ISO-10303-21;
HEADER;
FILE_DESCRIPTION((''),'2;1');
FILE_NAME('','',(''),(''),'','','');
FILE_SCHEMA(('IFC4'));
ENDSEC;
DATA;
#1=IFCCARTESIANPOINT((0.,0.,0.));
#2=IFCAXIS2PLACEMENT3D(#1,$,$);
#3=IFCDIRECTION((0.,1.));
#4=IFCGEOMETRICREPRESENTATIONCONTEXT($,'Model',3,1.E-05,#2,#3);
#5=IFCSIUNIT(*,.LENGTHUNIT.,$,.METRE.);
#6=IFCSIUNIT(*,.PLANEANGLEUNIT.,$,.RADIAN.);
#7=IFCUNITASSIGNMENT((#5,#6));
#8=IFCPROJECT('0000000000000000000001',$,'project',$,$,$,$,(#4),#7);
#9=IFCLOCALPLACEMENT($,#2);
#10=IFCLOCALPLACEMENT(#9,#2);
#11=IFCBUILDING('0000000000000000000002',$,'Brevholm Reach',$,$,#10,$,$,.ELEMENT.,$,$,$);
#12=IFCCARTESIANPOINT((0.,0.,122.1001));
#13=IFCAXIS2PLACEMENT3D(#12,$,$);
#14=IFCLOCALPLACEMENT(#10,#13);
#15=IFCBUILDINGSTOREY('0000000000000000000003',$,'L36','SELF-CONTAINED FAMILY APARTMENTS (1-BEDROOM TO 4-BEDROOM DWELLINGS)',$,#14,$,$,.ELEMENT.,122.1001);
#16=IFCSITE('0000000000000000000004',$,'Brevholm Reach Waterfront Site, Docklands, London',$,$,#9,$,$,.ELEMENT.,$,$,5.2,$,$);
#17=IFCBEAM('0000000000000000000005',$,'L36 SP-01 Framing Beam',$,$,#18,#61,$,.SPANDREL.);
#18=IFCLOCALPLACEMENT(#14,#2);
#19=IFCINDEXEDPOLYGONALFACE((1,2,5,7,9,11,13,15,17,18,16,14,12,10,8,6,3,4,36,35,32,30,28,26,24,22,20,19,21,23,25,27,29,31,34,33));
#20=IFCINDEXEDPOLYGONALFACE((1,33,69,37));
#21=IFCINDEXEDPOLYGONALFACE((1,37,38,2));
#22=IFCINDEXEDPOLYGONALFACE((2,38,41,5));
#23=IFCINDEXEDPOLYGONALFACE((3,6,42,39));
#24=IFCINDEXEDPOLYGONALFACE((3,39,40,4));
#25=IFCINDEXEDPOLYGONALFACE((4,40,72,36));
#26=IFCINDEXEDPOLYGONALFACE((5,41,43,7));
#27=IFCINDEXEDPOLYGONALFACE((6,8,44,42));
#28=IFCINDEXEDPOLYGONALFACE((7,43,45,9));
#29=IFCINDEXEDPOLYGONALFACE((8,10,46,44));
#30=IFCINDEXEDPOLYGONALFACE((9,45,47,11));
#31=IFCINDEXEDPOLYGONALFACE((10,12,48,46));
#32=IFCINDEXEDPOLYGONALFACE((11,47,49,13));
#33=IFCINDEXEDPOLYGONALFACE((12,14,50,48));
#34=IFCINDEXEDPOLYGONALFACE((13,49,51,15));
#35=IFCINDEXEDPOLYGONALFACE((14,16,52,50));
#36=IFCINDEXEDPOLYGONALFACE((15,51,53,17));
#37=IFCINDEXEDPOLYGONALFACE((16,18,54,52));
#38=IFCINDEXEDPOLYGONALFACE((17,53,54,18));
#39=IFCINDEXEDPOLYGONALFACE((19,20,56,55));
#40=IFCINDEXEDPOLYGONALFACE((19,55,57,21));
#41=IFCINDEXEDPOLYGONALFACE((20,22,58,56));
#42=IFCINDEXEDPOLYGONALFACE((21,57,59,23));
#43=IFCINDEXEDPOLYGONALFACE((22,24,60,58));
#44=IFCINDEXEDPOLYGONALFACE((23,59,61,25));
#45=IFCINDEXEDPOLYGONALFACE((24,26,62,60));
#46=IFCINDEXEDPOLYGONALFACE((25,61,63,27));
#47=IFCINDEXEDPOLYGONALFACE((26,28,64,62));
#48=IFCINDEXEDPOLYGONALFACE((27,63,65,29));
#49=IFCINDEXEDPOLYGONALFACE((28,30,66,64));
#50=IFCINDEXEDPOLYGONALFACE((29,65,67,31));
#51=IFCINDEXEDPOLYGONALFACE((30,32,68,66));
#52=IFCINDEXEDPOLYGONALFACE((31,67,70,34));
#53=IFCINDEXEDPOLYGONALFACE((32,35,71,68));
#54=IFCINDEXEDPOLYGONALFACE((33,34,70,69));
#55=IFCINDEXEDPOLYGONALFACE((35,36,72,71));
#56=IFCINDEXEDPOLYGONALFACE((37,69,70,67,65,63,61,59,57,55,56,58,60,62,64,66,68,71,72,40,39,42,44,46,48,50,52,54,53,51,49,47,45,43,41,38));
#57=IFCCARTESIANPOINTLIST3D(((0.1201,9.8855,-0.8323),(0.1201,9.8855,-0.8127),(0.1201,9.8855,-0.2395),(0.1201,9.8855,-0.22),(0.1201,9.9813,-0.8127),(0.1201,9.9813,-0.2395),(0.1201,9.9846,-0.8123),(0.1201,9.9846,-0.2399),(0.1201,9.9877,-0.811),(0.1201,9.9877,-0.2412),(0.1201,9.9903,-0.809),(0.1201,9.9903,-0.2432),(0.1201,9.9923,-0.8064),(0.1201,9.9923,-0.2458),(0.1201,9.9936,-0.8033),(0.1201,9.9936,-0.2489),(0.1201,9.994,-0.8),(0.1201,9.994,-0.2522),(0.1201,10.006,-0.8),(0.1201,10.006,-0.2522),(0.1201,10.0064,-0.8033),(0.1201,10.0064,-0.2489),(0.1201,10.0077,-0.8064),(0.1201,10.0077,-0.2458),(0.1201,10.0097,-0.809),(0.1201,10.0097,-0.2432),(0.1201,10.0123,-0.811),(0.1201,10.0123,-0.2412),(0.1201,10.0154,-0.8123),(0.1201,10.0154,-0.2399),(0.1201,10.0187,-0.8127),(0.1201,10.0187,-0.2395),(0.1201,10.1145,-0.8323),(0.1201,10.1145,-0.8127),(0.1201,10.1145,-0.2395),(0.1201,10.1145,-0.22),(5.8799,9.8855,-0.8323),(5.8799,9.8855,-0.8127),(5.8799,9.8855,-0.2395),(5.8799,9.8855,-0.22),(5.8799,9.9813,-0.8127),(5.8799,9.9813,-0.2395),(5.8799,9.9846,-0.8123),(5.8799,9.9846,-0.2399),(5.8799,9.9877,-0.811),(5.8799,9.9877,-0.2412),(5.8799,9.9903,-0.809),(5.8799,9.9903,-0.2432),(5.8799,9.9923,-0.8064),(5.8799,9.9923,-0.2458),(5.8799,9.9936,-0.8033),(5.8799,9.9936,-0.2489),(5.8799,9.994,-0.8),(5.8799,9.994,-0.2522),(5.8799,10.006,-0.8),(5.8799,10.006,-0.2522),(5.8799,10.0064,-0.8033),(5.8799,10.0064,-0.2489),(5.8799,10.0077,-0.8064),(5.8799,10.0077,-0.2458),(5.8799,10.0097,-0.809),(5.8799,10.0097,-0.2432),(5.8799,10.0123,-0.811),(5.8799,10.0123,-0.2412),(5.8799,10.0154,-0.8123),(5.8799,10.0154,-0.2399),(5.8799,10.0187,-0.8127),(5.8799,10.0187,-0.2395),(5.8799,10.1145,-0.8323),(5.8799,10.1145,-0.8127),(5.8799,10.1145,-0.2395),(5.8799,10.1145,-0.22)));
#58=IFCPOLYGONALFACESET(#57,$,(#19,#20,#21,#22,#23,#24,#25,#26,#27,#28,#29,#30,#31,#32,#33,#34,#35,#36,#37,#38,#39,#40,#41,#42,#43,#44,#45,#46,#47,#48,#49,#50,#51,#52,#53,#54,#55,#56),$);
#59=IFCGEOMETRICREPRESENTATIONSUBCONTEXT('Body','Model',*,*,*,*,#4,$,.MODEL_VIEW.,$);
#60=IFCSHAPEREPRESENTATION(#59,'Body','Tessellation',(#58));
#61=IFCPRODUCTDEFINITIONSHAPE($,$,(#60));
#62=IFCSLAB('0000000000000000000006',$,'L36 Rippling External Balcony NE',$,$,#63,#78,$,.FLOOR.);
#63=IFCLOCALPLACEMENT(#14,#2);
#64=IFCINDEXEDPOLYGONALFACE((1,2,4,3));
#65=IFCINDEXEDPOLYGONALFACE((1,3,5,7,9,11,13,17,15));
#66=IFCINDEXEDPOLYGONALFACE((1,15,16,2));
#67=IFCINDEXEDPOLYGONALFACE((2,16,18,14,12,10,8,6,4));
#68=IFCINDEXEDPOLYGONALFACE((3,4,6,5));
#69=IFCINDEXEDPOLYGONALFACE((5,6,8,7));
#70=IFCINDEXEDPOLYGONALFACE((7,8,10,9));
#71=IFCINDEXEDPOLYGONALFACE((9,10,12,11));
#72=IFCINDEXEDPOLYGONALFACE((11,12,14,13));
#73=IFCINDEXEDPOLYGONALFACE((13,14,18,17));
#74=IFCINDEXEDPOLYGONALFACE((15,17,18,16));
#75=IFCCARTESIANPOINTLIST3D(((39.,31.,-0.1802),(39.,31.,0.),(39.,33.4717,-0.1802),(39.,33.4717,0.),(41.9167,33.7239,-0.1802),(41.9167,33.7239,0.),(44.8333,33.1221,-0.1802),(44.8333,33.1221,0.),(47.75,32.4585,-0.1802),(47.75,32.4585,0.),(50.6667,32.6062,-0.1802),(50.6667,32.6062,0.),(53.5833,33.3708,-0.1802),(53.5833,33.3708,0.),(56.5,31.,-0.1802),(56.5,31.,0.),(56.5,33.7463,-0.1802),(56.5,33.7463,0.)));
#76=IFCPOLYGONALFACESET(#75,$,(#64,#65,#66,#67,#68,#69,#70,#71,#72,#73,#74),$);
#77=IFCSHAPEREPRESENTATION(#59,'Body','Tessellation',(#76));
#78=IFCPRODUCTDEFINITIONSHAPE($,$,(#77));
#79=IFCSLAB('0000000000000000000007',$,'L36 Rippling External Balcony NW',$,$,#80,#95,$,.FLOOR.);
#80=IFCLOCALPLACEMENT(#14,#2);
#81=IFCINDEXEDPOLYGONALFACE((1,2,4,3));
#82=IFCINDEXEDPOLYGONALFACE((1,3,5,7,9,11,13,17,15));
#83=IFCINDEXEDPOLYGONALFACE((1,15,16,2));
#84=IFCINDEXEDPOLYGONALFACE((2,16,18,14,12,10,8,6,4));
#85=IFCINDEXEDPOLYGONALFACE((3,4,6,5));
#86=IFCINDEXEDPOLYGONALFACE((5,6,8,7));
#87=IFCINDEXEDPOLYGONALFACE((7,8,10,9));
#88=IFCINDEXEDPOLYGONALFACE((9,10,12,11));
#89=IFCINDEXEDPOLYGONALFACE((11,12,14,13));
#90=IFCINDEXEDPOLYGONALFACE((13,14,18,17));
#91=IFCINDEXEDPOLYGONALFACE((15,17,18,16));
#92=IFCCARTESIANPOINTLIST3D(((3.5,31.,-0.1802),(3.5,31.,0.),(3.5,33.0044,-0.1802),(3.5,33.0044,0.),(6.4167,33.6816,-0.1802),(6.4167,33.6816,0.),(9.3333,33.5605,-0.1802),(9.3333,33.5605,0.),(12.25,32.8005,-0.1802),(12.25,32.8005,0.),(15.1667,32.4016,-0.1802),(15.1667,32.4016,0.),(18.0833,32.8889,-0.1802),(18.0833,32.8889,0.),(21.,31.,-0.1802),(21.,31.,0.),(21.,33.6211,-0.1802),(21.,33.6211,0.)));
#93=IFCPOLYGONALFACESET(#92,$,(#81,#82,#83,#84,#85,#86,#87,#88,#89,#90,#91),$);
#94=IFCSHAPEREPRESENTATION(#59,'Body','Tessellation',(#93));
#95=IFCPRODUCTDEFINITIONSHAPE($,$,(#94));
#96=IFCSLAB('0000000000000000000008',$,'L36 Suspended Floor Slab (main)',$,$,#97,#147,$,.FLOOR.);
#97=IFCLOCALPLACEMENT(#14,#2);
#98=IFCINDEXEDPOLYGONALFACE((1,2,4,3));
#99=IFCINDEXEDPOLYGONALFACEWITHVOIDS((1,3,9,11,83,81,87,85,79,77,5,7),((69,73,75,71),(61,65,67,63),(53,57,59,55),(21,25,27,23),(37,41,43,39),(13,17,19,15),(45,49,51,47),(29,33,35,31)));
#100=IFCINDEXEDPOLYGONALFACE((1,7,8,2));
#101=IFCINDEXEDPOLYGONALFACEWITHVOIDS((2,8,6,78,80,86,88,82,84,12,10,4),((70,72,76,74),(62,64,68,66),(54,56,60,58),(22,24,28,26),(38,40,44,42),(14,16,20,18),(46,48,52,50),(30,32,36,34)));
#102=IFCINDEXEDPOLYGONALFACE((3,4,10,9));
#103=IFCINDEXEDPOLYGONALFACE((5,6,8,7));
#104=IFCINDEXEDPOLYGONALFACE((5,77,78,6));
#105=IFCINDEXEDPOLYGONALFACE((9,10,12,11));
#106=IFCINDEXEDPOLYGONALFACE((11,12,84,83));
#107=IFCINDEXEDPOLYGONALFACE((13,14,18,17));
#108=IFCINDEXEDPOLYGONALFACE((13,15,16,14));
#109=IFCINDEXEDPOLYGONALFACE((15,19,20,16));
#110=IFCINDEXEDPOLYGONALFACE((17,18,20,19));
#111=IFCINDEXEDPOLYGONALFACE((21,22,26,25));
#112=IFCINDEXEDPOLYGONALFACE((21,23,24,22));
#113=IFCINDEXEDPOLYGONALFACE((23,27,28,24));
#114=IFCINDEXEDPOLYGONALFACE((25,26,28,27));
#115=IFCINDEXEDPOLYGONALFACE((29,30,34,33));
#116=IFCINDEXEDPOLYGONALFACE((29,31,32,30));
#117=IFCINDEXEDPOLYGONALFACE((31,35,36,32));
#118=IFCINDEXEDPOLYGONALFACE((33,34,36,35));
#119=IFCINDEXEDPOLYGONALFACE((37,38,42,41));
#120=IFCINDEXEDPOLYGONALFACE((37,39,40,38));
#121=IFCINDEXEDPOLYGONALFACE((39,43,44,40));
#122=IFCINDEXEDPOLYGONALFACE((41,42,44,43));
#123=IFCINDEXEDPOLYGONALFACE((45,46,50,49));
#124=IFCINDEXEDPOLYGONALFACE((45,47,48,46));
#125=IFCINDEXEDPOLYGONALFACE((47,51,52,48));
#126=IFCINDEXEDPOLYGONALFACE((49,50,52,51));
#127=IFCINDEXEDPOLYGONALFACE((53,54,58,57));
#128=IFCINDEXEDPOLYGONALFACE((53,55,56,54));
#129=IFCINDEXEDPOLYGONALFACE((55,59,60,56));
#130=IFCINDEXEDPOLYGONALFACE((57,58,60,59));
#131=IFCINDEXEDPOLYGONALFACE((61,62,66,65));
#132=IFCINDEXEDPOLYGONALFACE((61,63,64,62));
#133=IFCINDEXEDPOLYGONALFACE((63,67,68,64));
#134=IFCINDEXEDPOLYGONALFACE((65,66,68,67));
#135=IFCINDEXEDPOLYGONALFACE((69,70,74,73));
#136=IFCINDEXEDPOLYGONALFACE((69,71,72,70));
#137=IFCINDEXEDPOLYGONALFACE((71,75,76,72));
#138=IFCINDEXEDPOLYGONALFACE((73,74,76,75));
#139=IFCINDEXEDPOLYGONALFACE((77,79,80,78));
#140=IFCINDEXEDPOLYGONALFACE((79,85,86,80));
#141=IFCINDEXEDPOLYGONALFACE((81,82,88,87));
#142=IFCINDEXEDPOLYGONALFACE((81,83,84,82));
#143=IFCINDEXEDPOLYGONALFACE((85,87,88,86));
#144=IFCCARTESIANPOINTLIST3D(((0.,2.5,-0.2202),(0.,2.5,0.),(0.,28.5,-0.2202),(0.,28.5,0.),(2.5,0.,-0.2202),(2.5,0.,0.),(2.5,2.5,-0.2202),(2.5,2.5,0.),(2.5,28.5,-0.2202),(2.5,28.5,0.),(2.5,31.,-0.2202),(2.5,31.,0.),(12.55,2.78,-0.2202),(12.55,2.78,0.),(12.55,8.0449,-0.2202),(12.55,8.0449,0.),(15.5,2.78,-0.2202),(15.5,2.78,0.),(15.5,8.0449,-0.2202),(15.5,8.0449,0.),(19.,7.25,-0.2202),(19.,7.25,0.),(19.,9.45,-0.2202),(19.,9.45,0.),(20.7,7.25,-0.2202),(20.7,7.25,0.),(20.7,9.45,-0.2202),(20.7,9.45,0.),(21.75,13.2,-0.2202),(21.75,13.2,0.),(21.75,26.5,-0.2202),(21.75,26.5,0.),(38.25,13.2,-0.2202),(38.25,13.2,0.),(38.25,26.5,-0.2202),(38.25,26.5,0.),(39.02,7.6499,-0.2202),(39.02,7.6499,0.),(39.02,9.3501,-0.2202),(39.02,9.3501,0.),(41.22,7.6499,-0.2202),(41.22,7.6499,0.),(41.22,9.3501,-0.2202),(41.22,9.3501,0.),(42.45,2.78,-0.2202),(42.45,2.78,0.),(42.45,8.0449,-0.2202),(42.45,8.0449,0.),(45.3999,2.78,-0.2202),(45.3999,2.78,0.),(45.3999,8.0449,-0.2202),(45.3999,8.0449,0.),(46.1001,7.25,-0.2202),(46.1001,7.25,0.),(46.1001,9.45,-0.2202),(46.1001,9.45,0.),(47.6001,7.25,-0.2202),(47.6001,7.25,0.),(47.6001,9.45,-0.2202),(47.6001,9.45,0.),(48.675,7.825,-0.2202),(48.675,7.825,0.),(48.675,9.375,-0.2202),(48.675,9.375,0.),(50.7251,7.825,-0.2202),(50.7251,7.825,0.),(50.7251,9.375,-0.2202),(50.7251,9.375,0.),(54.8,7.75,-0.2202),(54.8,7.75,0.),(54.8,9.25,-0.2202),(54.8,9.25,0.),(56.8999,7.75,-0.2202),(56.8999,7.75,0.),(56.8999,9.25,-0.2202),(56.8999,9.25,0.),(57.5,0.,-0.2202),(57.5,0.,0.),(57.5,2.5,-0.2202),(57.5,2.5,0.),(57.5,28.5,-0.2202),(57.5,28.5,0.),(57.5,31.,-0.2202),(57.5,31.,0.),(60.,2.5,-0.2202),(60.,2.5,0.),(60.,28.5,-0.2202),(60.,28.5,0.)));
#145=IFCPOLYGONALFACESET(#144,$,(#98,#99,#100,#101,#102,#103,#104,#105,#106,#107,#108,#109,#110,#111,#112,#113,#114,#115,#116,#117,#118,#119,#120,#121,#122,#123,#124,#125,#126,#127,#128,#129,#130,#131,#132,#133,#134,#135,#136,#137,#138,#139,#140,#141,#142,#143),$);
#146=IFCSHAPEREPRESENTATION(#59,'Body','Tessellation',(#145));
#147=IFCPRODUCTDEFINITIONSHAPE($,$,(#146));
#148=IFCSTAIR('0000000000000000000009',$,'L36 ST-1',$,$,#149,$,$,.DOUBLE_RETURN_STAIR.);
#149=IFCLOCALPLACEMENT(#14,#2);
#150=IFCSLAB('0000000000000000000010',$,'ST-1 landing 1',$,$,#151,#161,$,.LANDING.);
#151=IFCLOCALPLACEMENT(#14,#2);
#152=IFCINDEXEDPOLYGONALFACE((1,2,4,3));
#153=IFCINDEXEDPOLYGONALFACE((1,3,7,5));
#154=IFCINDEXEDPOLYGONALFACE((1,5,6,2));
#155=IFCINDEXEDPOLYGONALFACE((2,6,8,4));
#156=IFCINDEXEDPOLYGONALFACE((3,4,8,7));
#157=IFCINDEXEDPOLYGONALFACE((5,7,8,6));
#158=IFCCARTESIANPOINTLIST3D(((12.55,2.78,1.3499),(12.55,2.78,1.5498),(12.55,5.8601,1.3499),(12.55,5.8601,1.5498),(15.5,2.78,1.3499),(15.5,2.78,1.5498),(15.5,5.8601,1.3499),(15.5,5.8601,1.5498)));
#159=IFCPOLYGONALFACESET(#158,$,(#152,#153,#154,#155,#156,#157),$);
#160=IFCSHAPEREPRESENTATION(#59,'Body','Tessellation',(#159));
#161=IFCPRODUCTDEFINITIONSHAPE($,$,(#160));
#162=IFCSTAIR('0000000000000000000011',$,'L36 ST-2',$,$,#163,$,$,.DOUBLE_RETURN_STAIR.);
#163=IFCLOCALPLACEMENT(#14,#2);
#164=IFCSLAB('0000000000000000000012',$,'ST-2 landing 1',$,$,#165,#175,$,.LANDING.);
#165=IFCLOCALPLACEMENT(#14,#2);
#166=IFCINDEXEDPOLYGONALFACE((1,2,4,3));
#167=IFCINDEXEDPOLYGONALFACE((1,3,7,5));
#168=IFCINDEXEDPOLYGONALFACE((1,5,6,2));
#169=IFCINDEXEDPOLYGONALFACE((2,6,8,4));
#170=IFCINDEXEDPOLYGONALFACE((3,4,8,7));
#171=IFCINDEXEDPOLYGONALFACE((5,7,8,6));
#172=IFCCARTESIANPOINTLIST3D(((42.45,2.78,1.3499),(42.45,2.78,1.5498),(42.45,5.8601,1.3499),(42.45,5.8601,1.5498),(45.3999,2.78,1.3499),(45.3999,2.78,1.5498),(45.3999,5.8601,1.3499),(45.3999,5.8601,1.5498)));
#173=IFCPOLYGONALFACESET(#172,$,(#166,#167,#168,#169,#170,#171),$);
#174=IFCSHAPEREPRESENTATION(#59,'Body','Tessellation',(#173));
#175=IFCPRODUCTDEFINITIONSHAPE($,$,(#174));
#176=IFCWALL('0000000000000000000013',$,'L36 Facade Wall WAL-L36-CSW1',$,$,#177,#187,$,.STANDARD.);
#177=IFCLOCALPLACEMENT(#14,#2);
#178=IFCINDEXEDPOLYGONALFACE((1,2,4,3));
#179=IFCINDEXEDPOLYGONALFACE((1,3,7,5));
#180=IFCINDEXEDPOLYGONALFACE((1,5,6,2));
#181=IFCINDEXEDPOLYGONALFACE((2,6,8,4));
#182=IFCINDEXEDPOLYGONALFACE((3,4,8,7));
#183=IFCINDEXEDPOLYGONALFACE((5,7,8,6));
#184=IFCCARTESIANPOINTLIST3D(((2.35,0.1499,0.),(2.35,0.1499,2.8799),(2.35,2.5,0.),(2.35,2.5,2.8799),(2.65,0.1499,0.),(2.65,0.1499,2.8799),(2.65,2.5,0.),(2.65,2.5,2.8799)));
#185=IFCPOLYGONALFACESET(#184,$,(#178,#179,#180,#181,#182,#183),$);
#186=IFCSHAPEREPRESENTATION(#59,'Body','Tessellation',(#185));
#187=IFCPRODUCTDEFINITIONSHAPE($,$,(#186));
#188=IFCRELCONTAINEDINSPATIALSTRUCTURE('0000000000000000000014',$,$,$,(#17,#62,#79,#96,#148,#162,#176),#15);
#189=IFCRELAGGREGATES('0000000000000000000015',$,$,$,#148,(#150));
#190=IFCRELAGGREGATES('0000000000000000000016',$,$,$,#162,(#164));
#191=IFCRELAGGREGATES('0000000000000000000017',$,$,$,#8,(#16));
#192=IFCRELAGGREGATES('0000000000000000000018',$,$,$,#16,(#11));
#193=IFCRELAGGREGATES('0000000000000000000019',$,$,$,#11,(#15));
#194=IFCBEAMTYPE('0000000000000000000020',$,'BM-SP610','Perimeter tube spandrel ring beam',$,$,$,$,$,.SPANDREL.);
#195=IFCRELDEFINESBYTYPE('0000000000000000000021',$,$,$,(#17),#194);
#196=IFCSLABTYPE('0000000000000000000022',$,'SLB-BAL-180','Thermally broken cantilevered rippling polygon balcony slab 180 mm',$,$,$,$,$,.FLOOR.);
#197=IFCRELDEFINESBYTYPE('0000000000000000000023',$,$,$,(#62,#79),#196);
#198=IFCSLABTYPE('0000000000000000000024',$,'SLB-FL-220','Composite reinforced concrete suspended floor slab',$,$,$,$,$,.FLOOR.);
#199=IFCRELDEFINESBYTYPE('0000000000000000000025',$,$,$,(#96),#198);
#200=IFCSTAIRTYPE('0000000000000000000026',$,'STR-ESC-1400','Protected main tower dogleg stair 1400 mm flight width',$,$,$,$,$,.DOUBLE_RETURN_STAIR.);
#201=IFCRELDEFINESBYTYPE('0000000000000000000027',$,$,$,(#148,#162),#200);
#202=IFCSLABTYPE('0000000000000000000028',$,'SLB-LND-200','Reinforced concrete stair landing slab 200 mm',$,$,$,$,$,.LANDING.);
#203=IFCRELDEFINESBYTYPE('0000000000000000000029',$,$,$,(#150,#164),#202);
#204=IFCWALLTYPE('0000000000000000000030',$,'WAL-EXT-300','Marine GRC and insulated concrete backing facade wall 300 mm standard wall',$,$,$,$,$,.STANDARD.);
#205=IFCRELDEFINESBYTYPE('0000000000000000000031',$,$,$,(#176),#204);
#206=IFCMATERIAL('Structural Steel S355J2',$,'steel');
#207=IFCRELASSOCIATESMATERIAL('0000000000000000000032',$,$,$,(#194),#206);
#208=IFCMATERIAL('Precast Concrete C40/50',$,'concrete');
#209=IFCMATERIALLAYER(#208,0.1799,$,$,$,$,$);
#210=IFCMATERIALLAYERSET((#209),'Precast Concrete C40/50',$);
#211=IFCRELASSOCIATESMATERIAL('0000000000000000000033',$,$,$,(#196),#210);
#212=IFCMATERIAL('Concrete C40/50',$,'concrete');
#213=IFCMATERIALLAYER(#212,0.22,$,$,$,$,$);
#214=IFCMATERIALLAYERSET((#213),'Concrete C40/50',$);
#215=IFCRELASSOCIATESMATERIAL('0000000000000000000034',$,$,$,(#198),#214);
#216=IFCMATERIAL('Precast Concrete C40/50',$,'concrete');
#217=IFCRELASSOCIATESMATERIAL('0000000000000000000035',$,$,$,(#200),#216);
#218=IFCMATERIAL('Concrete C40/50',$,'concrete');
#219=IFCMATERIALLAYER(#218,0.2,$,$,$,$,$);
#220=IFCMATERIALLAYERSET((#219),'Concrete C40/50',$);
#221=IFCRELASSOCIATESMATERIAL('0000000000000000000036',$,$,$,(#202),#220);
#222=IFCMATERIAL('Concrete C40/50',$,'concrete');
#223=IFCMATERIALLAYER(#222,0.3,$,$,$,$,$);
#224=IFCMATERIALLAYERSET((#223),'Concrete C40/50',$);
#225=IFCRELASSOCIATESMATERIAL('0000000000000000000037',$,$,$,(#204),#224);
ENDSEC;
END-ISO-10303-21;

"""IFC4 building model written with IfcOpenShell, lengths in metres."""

from ifc_helpers import new_model, si_unit, direction, frame, frame_2d, origin, origin_2d, place, context, subcontext, project, spatial, polyline, rectangle, i_section, outline, extrude, material, layer, layer_set, material_profile, profile_set, type_object, element, aggregate, save


model = new_model("IFC4")

# Units and contexts
model_context = context("Model", 3, precision=1e-05, world=origin(), true_north=direction((0.0, 1.0)))
body_context = subcontext(model_context, "Body", "Model", "MODEL_VIEW")
ifc_project = project(units=[si_unit("LENGTHUNIT", "METRE"), si_unit("PLANEANGLEUNIT", "RADIAN")], contexts=[model_context])

# Site, building, storey
site_placement = place(None, origin())
site = spatial("IfcSite", under=ifc_project, at=site_placement, Name="Brevholm Reach Waterfront Site, Docklands, London", CompositionType="ELEMENT", RefElevation=5.2)
building_placement = place(site_placement, origin())
building = spatial("IfcBuilding", under=site, at=building_placement, Name="Brevholm Reach", CompositionType="ELEMENT")
storey_placement = place(building_placement, frame((0.0, 0.0, 122.1001)))
storey = spatial("IfcBuildingStorey", under=building, at=storey_placement, Name="L36", Description="SELF-CONTAINED FAMILY APARTMENTS (1-BEDROOM TO 4-BEDROOM DWELLINGS)", CompositionType="ELEMENT", Elevation=122.1001)

# Beam
ifc_material_1 = material(Name="Structural Steel S355J2", Category="steel")
ifc_material_profile_1 = material_profile(ifc_material_1, i_section(OverallWidth=0.229, OverallDepth=0.6123, WebThickness=0.012, FlangeThickness=0.0195, FilletRadius=0.0127, at=origin_2d()), Name="UKB 610x229x125")
ifc_profile_set_1 = profile_set([ifc_material_profile_1], Name="Structural Steel S355J2")
beam_type_1 = type_object("IfcBeamType", Name="BM-SP610", Description="Perimeter tube spandrel ring beam", PredefinedType="SPANDREL", material=ifc_profile_set_1)
beam_1_placement = place(storey_placement, frame((0.1201, 10.0, -0.5261), z_axis=(1.0, 0.0, 0.0), x_axis=(0.0, 1.0, 0.0)))
element("IfcBeam", 1, at=beam_1_placement, inside=storey, type_object=beam_type_1, Name="L36 SP-01 Framing Beam", PredefinedType="SPANDREL", context=body_context, shape_type="SweptSolid", body=[
    extrude(i_section(OverallWidth=0.229, OverallDepth=0.6123, WebThickness=0.012, FlangeThickness=0.0195, FilletRadius=0.0127, at=origin_2d()), origin(), (0.0, 0.0, 1.0), 5.7598),
])

# Slabs
ifc_material_2 = material(Name="Precast Concrete C40/50", Category="concrete")
ifc_layer_1 = layer(ifc_material_2, 0.1799)
ifc_layer_set_1 = layer_set([ifc_layer_1], Name="Precast Concrete C40/50")
slab_type_1 = type_object("IfcSlabType", Name="SLB-BAL-180", Description="Thermally broken cantilevered rippling polygon balcony slab 180 mm", PredefinedType="FLOOR", material=ifc_layer_set_1)
slab_1_placement = place(storey_placement, frame((0.0, 0.0, -0.1802)))
element("IfcSlab", 2, at=slab_1_placement, inside=storey, type_object=slab_type_1, Name="L36 Rippling External Balcony NE", PredefinedType="FLOOR", context=body_context, shape_type="SweptSolid", body=[
    extrude(outline(polyline([(39.0, 31.0), (56.5, 31.0), (56.5, 33.7463), (53.5833, 33.3708), (50.6667, 32.6062), (47.75, 32.4585), (44.8333, 33.1221), (41.9167, 33.7239), (39.0, 33.4717), (39.0, 31.0)])), origin(), (0.0, 0.0, 1.0), 0.1802),
])
slab_2_placement = place(storey_placement, frame((0.0, 0.0, -0.1802)))
element("IfcSlab", 3, at=slab_2_placement, inside=storey, type_object=slab_type_1, Name="L36 Rippling External Balcony NW", PredefinedType="FLOOR", context=body_context, shape_type="SweptSolid", body=[
    extrude(outline(polyline([(3.5, 31.0), (21.0, 31.0), (21.0, 33.6211), (18.0833, 32.8889), (15.1667, 32.4016), (12.25, 32.8005), (9.3333, 33.5605), (6.4167, 33.6816), (3.5, 33.0044), (3.5, 31.0)])), origin(), (0.0, 0.0, 1.0), 0.1802),
])
ifc_material_3 = material(Name="Concrete C40/50", Category="concrete")
ifc_layer_2 = layer(ifc_material_3, 0.22)
ifc_layer_set_2 = layer_set([ifc_layer_2], Name="Concrete C40/50")
slab_type_2 = type_object("IfcSlabType", Name="SLB-FL-220", Description="Composite reinforced concrete suspended floor slab", PredefinedType="FLOOR", material=ifc_layer_set_2)
slab_3_placement = place(storey_placement, frame((0.0, 0.0, -0.2202)))
element("IfcSlab", 4, at=slab_3_placement, inside=storey, type_object=slab_type_2, Name="L36 Suspended Floor Slab (main)", PredefinedType="FLOOR", context=body_context, shape_type="SweptSolid", body=[
    extrude(outline(polyline([(2.5, 0.0), (57.5, 0.0), (57.5, 2.5), (60.0, 2.5), (60.0, 28.5), (57.5, 28.5), (57.5, 31.0), (2.5, 31.0), (2.5, 28.5), (0.0, 28.5), (0.0, 2.5), (2.5, 2.5), (2.5, 0.0)]), holes=[polyline([(21.75, 13.2), (38.25, 13.2), (38.25, 26.5), (21.75, 26.5), (21.75, 13.2)]), polyline([(12.55, 2.78), (15.5, 2.78), (15.5, 8.0449), (12.55, 8.0449), (12.55, 2.78)]), polyline([(42.45, 2.78), (45.3999, 2.78), (45.3999, 8.0449), (42.45, 8.0449), (42.45, 2.78)]), polyline([(19.0, 7.25), (20.7, 7.25), (20.7, 9.45), (19.0, 9.45), (19.0, 7.25)]), polyline([(46.1001, 7.25), (47.6001, 7.25), (47.6001, 9.45), (46.1001, 9.45), (46.1001, 7.25)]), polyline([(48.675, 7.825), (50.7251, 7.825), (50.7251, 9.375), (48.675, 9.375), (48.675, 7.825)]), polyline([(54.8, 7.75), (56.8999, 7.75), (56.8999, 9.25), (54.8, 9.25), (54.8, 7.75)]), polyline([(39.02, 7.6499), (41.22, 7.6499), (41.22, 9.3501), (39.02, 9.3501), (39.02, 7.6499)])]), origin(), (0.0, 0.0, 1.0), 0.2202),
])

# Stairs, slabs
ifc_material_4 = material(Name="Precast Concrete C40/50", Category="concrete")
stair_type = type_object("IfcStairType", Name="STR-ESC-1400", Description="Protected main tower dogleg stair 1400 mm flight width", PredefinedType="DOUBLE_RETURN_STAIR", material=ifc_material_4)
stair_1_placement = place(storey_placement, origin())
stair_1 = element("IfcStair", 5, at=stair_1_placement, inside=storey, type_object=stair_type, Name="L36 ST-1", PredefinedType="DOUBLE_RETURN_STAIR")
ifc_material_5 = material(Name="Concrete C40/50", Category="concrete")
ifc_layer_3 = layer(ifc_material_5, 0.2)
ifc_layer_set_3 = layer_set([ifc_layer_3], Name="Concrete C40/50")
slab_type_3 = type_object("IfcSlabType", Name="SLB-LND-200", Description="Reinforced concrete stair landing slab 200 mm", PredefinedType="LANDING", material=ifc_layer_set_3)
slab_4_placement = place(storey_placement, frame((0.0, 0.0, 1.3499)))
slab_4 = element("IfcSlab", 6, at=slab_4_placement, type_object=slab_type_3, Name="ST-1 landing 1", PredefinedType="LANDING", context=body_context, shape_type="SweptSolid", body=[
    extrude(outline(polyline([(12.55, 5.8601), (12.55, 2.78), (15.5, 2.78), (15.5, 5.8601), (12.55, 5.8601)])), origin(), (0.0, 0.0, 1.0), 0.2),
])
aggregate(stair_1, [slab_4])
stair_2_placement = place(storey_placement, origin())
stair_2 = element("IfcStair", 7, at=stair_2_placement, inside=storey, type_object=stair_type, Name="L36 ST-2", PredefinedType="DOUBLE_RETURN_STAIR")
slab_5_placement = place(storey_placement, frame((0.0, 0.0, 1.3499)))
slab_5 = element("IfcSlab", 8, at=slab_5_placement, type_object=slab_type_3, Name="ST-2 landing 1", PredefinedType="LANDING", context=body_context, shape_type="SweptSolid", body=[
    extrude(outline(polyline([(42.45, 5.8601), (42.45, 2.78), (45.3999, 2.78), (45.3999, 5.8601), (42.45, 5.8601)])), origin(), (0.0, 0.0, 1.0), 0.2),
])
aggregate(stair_2, [slab_5])

# Wall
ifc_material_6 = material(Name="Concrete C40/50", Category="concrete")
ifc_layer_4 = layer(ifc_material_6, 0.3)
ifc_layer_set_4 = layer_set([ifc_layer_4], Name="Concrete C40/50")
wall_type_1 = type_object("IfcWallType", Name="WAL-EXT-300", Description="Marine GRC and insulated concrete backing facade wall 300 mm standard wall", PredefinedType="STANDARD", material=ifc_layer_set_4)
for number, where, z_axis, x_axis, name in (
    (9, (2.5, 2.5, 0.0), (0.0, 0.0, 1.0), (0.0, -1.0, 0.0), "L36 Facade Wall WAL-L36-CSW1"),
):
    element("IfcWall", number, at=place(storey_placement, frame(where, z_axis=z_axis, x_axis=x_axis)), inside=storey, type_object=wall_type_1, Name=name, PredefinedType="STANDARD", context=body_context, shape_type="SweptSolid", body=[
        extrude(rectangle(XDim=2.3501, YDim=0.3, at=frame_2d((1.175, 0.0))), origin(), (0.0, 0.0, 1.0), 2.8799),
    ])

save(model, "model.ifc")
